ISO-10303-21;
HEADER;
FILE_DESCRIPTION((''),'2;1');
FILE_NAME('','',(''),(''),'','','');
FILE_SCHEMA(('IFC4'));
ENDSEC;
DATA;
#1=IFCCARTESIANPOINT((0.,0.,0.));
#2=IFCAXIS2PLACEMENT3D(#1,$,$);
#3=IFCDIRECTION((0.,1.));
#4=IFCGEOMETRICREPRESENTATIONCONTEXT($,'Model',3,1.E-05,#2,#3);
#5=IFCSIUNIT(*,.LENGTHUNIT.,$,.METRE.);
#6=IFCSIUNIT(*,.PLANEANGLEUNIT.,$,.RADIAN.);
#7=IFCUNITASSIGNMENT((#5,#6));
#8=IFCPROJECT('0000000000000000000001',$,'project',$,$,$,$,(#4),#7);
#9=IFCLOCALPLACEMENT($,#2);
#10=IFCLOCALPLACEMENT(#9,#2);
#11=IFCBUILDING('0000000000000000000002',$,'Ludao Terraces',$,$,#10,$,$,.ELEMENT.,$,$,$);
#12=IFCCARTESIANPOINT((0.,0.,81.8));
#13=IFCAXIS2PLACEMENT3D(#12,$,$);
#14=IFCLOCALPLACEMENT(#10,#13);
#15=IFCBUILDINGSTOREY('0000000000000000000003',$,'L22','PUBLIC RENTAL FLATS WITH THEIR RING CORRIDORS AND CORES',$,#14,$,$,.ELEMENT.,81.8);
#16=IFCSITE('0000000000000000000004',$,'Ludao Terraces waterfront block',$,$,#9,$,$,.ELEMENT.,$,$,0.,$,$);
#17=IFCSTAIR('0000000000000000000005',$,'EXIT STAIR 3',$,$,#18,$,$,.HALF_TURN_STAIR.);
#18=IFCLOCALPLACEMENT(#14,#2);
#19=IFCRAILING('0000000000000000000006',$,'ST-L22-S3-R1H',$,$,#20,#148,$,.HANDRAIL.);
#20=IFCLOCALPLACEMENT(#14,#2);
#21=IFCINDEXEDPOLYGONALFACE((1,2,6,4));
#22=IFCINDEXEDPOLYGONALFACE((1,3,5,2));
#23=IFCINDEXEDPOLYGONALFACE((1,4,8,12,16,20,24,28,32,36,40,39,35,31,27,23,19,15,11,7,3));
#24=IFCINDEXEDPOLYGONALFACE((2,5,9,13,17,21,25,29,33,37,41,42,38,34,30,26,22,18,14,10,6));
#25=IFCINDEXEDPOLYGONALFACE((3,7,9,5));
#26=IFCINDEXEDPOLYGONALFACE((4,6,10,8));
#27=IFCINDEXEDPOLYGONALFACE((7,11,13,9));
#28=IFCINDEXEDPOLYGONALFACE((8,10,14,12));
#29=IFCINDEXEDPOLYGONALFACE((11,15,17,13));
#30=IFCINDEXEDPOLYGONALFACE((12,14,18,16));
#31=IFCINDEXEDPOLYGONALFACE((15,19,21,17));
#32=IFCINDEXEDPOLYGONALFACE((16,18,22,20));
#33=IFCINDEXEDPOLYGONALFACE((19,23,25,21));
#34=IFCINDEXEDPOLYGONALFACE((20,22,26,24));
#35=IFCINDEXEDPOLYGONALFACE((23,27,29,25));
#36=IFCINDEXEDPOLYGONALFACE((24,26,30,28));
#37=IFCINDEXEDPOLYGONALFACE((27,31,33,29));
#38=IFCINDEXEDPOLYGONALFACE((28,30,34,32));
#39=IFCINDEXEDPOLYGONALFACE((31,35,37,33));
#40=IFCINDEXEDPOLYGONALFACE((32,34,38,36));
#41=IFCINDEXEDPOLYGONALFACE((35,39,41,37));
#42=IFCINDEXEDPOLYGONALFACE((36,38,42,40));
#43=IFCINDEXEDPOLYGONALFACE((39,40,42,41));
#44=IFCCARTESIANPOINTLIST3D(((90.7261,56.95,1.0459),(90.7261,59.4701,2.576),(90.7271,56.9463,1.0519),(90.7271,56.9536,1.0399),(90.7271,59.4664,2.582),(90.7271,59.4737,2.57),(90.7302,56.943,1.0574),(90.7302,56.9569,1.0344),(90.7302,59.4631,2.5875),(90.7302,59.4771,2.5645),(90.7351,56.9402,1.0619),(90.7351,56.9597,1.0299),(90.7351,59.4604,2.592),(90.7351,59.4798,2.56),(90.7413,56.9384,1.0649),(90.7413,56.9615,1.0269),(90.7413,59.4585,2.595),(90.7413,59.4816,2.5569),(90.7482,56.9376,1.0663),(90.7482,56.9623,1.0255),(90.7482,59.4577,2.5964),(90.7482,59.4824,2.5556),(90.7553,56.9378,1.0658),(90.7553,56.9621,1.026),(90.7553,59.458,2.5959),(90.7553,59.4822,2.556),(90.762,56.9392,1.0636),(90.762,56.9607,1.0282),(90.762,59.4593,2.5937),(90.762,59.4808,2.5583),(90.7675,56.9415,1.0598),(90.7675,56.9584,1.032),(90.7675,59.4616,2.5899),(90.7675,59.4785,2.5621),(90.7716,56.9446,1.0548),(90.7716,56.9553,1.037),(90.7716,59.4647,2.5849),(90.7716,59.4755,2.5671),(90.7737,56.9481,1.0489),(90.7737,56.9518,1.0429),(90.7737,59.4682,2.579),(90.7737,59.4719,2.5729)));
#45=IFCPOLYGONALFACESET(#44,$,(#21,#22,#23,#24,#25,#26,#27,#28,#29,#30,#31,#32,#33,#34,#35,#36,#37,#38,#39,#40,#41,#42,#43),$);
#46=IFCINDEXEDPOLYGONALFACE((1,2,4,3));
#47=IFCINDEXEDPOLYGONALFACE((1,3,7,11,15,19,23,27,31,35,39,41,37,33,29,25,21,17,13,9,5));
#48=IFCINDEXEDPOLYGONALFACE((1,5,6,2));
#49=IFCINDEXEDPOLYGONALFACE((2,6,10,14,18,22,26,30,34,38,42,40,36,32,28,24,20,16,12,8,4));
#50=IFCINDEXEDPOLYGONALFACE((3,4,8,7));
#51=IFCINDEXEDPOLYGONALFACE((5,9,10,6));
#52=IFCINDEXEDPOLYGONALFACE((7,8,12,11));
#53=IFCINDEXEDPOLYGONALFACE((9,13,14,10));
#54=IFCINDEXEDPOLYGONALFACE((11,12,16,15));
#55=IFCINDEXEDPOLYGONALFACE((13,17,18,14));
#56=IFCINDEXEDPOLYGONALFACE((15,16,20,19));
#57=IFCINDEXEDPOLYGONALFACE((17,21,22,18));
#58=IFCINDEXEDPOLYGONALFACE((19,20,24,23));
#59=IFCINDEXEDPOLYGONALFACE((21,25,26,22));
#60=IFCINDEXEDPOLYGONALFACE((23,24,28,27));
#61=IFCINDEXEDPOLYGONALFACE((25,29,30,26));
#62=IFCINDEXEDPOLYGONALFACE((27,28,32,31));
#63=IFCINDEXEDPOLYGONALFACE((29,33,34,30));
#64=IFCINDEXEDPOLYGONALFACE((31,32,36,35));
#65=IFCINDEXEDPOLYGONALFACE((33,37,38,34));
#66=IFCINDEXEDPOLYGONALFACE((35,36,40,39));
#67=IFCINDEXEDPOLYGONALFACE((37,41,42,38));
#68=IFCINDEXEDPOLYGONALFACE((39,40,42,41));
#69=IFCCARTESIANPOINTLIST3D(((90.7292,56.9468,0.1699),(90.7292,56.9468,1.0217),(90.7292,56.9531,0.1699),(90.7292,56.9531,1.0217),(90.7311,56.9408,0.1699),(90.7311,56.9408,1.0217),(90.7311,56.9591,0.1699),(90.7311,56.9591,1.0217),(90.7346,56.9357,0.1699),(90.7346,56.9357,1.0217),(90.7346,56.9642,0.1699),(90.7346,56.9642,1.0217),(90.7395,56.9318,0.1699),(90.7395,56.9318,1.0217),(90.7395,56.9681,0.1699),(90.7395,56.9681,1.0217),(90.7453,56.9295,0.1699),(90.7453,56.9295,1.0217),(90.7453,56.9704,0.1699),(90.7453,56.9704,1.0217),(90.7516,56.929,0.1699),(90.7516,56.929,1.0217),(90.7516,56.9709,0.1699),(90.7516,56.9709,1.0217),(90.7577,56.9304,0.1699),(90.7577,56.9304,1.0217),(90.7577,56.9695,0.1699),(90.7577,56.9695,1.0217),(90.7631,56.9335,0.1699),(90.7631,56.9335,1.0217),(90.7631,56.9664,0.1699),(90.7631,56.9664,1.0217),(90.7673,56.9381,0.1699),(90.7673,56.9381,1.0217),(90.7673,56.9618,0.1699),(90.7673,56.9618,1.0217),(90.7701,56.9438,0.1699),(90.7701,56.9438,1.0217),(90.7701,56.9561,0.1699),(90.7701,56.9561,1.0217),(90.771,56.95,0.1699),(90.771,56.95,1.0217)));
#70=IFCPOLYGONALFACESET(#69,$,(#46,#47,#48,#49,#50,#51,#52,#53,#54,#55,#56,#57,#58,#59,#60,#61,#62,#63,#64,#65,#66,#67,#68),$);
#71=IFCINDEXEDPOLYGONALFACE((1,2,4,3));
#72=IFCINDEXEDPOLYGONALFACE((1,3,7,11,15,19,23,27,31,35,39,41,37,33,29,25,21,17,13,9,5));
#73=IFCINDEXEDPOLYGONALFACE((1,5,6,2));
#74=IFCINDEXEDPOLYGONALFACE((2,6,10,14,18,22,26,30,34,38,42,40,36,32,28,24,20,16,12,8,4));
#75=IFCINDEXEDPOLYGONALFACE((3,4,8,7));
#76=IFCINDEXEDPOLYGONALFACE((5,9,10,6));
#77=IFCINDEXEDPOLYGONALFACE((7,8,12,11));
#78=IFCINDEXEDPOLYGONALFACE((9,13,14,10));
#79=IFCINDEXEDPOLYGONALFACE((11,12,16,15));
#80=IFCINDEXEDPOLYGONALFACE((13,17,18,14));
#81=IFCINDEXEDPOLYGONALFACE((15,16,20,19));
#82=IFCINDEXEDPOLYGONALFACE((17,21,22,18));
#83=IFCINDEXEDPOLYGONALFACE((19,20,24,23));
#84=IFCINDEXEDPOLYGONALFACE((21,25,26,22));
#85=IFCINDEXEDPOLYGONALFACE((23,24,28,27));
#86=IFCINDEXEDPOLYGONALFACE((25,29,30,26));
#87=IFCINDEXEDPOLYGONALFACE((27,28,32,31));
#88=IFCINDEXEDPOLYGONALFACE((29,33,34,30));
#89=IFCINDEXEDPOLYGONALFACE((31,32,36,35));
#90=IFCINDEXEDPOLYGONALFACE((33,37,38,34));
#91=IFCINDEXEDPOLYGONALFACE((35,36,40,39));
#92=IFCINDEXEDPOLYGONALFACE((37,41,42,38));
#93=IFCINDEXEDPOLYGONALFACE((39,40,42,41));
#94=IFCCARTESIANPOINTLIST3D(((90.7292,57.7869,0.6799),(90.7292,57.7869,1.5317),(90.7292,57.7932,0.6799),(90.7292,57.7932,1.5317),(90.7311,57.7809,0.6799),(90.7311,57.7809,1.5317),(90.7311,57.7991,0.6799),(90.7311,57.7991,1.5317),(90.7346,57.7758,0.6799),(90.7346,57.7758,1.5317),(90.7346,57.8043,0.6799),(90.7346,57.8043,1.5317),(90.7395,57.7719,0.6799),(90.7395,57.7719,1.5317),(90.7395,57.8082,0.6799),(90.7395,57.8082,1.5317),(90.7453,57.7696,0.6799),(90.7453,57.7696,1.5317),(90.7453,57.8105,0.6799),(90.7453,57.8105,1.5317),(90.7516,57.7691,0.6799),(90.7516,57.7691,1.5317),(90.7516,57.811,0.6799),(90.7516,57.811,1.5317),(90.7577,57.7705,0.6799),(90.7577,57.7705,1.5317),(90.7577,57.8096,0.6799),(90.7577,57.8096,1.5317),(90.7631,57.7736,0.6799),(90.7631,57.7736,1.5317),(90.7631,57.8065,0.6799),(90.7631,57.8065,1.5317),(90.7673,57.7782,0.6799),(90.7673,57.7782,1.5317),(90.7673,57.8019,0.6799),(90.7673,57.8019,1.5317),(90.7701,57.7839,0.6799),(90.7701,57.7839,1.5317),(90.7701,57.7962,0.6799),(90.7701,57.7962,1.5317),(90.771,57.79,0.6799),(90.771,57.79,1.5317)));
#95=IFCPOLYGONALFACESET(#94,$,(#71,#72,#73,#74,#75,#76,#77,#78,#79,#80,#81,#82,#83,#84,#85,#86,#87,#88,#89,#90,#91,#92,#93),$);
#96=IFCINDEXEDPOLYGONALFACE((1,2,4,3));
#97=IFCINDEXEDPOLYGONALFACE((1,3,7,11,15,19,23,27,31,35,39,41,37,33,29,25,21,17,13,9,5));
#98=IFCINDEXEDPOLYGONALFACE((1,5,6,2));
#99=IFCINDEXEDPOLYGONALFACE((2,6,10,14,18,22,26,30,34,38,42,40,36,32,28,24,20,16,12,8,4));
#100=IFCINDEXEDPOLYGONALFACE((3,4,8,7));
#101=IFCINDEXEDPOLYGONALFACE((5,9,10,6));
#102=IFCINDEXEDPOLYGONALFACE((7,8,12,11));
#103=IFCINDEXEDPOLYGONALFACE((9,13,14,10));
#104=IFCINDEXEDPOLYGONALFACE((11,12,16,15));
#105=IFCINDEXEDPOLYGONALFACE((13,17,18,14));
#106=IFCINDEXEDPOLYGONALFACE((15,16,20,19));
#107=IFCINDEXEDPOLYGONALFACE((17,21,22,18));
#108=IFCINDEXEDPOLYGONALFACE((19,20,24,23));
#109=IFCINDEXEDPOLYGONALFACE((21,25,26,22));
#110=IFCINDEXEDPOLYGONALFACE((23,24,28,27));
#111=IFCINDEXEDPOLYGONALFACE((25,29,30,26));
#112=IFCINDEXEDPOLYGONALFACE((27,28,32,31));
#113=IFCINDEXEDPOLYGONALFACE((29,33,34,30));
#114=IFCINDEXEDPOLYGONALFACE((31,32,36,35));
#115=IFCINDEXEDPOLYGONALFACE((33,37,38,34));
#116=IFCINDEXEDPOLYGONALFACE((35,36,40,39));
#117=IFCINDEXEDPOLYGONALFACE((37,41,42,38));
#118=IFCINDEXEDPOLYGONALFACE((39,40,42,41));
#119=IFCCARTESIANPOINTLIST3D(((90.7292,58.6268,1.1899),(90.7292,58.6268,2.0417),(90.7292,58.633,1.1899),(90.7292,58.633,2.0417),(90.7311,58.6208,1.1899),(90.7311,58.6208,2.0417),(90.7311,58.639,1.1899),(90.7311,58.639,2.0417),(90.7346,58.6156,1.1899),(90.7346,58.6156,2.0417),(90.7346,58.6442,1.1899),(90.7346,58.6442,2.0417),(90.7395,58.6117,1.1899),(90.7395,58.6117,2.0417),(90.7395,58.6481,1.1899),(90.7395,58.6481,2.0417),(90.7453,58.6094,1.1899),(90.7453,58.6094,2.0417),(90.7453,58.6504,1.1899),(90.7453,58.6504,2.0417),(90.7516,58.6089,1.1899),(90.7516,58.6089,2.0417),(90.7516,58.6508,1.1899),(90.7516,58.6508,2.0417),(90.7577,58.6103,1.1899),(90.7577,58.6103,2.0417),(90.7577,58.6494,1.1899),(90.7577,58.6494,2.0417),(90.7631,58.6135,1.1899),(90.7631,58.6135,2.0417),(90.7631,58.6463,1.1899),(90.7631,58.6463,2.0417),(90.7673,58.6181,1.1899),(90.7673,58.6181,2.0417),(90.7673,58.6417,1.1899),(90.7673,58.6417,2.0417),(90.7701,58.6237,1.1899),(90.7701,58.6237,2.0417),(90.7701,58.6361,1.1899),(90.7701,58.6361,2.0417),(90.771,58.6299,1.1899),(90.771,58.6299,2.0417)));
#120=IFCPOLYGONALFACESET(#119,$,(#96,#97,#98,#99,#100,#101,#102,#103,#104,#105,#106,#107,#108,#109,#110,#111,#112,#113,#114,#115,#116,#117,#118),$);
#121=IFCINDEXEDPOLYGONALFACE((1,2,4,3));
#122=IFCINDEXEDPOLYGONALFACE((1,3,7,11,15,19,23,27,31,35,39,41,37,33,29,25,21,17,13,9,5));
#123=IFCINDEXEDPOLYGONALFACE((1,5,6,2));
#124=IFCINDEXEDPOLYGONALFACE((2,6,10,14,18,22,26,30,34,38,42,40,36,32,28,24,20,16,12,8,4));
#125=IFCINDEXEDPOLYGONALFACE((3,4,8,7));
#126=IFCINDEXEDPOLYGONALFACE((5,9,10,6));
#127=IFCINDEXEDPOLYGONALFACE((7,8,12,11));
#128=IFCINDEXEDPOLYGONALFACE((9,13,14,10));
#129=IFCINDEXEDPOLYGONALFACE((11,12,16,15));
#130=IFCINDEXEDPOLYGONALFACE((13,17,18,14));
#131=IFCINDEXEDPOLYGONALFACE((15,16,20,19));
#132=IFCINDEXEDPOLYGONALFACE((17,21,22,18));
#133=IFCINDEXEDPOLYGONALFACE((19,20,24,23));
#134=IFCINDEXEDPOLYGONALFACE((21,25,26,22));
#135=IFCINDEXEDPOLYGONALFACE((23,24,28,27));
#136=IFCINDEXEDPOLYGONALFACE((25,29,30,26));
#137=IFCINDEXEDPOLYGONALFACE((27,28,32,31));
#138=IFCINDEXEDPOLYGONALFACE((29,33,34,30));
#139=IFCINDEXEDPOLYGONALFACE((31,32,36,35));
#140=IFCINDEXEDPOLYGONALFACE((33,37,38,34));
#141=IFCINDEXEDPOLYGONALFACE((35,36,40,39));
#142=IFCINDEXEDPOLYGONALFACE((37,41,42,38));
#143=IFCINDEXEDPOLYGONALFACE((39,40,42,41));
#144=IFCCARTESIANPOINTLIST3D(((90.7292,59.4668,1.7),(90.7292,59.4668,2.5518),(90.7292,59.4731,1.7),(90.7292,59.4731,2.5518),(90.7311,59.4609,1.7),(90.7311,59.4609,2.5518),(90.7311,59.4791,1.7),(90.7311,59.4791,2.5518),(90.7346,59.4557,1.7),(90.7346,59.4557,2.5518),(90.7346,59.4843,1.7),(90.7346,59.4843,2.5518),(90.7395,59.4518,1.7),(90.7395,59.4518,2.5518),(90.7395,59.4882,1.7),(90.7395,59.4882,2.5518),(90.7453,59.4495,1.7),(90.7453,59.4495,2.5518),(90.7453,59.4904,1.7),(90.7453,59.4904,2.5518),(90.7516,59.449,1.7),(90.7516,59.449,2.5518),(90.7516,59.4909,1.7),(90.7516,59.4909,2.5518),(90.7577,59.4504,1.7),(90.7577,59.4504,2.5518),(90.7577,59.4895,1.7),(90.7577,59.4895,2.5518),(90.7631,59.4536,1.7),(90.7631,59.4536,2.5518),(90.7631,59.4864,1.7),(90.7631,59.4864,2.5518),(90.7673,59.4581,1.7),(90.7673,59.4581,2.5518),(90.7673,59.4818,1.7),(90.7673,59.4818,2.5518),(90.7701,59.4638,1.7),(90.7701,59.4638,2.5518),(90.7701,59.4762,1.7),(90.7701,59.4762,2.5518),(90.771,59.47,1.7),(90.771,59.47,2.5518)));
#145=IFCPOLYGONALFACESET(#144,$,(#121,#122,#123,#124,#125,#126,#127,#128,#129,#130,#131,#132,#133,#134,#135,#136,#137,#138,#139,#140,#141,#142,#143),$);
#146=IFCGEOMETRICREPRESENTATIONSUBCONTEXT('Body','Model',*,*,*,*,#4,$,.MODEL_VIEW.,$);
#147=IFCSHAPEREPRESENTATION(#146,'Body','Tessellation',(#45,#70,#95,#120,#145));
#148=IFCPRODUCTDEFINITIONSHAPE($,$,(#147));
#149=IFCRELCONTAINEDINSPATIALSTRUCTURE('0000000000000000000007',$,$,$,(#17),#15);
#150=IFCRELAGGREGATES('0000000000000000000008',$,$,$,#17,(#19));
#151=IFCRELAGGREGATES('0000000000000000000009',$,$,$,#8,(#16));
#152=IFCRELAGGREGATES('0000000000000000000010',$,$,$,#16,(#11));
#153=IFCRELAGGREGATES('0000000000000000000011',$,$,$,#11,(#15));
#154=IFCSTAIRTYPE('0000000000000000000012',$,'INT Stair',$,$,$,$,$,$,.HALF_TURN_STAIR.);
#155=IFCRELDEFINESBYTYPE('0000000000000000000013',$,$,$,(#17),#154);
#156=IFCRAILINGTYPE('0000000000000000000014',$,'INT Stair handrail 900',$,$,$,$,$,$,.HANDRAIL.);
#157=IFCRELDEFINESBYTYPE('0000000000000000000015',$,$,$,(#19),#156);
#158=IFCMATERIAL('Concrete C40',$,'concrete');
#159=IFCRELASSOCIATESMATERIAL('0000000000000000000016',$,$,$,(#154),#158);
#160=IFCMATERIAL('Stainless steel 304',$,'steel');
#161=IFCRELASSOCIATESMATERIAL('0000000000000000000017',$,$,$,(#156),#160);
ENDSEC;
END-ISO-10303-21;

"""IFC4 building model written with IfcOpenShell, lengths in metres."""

from ifc_helpers import new_model, si_unit, direction, frame, origin, origin_2d, place, context, subcontext, project, spatial, circle, extrude, material, type_object, element, aggregate, save


model = new_model("IFC4")

# Units and contexts
model_context = context("Model", 3, precision=1e-05, world=origin(), true_north=direction((0.0, 1.0)))
body_context = subcontext(model_context, "Body", "Model", "MODEL_VIEW")
ifc_project = project(units=[si_unit("LENGTHUNIT", "METRE"), si_unit("PLANEANGLEUNIT", "RADIAN")], contexts=[model_context])

# Site, building, storey
site_placement = place(None, origin())
site = spatial("IfcSite", under=ifc_project, at=site_placement, Name="Ludao Terraces waterfront block", CompositionType="ELEMENT", RefElevation=0.0)
building_placement = place(site_placement, origin())
building = spatial("IfcBuilding", under=site, at=building_placement, Name="Ludao Terraces", CompositionType="ELEMENT")
storey_placement = place(building_placement, frame((0.0, 0.0, 81.8)))
storey = spatial("IfcBuildingStorey", under=building, at=storey_placement, Name="L22", Description="PUBLIC RENTAL FLATS WITH THEIR RING CORRIDORS AND CORES", CompositionType="ELEMENT", Elevation=81.8)

# Stair, railing
ifc_material_1 = material(Name="Concrete C40", Category="concrete")
stair_type = type_object("IfcStairType", Name="INT Stair", PredefinedType="HALF_TURN_STAIR", material=ifc_material_1)
stair_placement = place(storey_placement, origin())
stair = element("IfcStair", 1, at=stair_placement, inside=storey, type_object=stair_type, Name="EXIT STAIR 3", PredefinedType="HALF_TURN_STAIR")
ifc_material_2 = material(Name="Stainless steel 304", Category="steel")
railing_type_1 = type_object("IfcRailingType", Name="INT Stair handrail 900", PredefinedType="HANDRAIL", material=ifc_material_2)
railing_1_placement = place(storey_placement, frame((90.75, 56.95, 0.1699)))
railing_1 = element("IfcRailing", 2, at=railing_1_placement, type_object=railing_type_1, Name="ST-L22-S3-R1H", PredefinedType="HANDRAIL", context=body_context, shape_type="SweptSolid", body=[
    extrude(circle(Radius=0.0239, at=origin_2d()), frame((0.0, 0.0, 0.876), z_axis=(0.0, 0.854785, 0.518982), x_axis=(-1.0, 0.0, 0.0)), (0.0, 0.0, 1.0), 2.9482),
    extrude(circle(Radius=0.021, at=origin_2d()), origin(), (0.0, 0.0, 1.0), 0.8518),
    extrude(circle(Radius=0.021, at=origin_2d()), frame((0.0, 0.8401, 0.51)), (0.0, 0.0, 1.0), 0.8518),
    extrude(circle(Radius=0.021, at=origin_2d()), frame((0.0, 1.6799, 1.02)), (0.0, 0.0, 1.0), 0.8518),
    extrude(circle(Radius=0.021, at=origin_2d()), frame((0.0, 2.52, 1.53)), (0.0, 0.0, 1.0), 0.8518),
])
aggregate(stair, [railing_1])

save(model, "model.ifc")
